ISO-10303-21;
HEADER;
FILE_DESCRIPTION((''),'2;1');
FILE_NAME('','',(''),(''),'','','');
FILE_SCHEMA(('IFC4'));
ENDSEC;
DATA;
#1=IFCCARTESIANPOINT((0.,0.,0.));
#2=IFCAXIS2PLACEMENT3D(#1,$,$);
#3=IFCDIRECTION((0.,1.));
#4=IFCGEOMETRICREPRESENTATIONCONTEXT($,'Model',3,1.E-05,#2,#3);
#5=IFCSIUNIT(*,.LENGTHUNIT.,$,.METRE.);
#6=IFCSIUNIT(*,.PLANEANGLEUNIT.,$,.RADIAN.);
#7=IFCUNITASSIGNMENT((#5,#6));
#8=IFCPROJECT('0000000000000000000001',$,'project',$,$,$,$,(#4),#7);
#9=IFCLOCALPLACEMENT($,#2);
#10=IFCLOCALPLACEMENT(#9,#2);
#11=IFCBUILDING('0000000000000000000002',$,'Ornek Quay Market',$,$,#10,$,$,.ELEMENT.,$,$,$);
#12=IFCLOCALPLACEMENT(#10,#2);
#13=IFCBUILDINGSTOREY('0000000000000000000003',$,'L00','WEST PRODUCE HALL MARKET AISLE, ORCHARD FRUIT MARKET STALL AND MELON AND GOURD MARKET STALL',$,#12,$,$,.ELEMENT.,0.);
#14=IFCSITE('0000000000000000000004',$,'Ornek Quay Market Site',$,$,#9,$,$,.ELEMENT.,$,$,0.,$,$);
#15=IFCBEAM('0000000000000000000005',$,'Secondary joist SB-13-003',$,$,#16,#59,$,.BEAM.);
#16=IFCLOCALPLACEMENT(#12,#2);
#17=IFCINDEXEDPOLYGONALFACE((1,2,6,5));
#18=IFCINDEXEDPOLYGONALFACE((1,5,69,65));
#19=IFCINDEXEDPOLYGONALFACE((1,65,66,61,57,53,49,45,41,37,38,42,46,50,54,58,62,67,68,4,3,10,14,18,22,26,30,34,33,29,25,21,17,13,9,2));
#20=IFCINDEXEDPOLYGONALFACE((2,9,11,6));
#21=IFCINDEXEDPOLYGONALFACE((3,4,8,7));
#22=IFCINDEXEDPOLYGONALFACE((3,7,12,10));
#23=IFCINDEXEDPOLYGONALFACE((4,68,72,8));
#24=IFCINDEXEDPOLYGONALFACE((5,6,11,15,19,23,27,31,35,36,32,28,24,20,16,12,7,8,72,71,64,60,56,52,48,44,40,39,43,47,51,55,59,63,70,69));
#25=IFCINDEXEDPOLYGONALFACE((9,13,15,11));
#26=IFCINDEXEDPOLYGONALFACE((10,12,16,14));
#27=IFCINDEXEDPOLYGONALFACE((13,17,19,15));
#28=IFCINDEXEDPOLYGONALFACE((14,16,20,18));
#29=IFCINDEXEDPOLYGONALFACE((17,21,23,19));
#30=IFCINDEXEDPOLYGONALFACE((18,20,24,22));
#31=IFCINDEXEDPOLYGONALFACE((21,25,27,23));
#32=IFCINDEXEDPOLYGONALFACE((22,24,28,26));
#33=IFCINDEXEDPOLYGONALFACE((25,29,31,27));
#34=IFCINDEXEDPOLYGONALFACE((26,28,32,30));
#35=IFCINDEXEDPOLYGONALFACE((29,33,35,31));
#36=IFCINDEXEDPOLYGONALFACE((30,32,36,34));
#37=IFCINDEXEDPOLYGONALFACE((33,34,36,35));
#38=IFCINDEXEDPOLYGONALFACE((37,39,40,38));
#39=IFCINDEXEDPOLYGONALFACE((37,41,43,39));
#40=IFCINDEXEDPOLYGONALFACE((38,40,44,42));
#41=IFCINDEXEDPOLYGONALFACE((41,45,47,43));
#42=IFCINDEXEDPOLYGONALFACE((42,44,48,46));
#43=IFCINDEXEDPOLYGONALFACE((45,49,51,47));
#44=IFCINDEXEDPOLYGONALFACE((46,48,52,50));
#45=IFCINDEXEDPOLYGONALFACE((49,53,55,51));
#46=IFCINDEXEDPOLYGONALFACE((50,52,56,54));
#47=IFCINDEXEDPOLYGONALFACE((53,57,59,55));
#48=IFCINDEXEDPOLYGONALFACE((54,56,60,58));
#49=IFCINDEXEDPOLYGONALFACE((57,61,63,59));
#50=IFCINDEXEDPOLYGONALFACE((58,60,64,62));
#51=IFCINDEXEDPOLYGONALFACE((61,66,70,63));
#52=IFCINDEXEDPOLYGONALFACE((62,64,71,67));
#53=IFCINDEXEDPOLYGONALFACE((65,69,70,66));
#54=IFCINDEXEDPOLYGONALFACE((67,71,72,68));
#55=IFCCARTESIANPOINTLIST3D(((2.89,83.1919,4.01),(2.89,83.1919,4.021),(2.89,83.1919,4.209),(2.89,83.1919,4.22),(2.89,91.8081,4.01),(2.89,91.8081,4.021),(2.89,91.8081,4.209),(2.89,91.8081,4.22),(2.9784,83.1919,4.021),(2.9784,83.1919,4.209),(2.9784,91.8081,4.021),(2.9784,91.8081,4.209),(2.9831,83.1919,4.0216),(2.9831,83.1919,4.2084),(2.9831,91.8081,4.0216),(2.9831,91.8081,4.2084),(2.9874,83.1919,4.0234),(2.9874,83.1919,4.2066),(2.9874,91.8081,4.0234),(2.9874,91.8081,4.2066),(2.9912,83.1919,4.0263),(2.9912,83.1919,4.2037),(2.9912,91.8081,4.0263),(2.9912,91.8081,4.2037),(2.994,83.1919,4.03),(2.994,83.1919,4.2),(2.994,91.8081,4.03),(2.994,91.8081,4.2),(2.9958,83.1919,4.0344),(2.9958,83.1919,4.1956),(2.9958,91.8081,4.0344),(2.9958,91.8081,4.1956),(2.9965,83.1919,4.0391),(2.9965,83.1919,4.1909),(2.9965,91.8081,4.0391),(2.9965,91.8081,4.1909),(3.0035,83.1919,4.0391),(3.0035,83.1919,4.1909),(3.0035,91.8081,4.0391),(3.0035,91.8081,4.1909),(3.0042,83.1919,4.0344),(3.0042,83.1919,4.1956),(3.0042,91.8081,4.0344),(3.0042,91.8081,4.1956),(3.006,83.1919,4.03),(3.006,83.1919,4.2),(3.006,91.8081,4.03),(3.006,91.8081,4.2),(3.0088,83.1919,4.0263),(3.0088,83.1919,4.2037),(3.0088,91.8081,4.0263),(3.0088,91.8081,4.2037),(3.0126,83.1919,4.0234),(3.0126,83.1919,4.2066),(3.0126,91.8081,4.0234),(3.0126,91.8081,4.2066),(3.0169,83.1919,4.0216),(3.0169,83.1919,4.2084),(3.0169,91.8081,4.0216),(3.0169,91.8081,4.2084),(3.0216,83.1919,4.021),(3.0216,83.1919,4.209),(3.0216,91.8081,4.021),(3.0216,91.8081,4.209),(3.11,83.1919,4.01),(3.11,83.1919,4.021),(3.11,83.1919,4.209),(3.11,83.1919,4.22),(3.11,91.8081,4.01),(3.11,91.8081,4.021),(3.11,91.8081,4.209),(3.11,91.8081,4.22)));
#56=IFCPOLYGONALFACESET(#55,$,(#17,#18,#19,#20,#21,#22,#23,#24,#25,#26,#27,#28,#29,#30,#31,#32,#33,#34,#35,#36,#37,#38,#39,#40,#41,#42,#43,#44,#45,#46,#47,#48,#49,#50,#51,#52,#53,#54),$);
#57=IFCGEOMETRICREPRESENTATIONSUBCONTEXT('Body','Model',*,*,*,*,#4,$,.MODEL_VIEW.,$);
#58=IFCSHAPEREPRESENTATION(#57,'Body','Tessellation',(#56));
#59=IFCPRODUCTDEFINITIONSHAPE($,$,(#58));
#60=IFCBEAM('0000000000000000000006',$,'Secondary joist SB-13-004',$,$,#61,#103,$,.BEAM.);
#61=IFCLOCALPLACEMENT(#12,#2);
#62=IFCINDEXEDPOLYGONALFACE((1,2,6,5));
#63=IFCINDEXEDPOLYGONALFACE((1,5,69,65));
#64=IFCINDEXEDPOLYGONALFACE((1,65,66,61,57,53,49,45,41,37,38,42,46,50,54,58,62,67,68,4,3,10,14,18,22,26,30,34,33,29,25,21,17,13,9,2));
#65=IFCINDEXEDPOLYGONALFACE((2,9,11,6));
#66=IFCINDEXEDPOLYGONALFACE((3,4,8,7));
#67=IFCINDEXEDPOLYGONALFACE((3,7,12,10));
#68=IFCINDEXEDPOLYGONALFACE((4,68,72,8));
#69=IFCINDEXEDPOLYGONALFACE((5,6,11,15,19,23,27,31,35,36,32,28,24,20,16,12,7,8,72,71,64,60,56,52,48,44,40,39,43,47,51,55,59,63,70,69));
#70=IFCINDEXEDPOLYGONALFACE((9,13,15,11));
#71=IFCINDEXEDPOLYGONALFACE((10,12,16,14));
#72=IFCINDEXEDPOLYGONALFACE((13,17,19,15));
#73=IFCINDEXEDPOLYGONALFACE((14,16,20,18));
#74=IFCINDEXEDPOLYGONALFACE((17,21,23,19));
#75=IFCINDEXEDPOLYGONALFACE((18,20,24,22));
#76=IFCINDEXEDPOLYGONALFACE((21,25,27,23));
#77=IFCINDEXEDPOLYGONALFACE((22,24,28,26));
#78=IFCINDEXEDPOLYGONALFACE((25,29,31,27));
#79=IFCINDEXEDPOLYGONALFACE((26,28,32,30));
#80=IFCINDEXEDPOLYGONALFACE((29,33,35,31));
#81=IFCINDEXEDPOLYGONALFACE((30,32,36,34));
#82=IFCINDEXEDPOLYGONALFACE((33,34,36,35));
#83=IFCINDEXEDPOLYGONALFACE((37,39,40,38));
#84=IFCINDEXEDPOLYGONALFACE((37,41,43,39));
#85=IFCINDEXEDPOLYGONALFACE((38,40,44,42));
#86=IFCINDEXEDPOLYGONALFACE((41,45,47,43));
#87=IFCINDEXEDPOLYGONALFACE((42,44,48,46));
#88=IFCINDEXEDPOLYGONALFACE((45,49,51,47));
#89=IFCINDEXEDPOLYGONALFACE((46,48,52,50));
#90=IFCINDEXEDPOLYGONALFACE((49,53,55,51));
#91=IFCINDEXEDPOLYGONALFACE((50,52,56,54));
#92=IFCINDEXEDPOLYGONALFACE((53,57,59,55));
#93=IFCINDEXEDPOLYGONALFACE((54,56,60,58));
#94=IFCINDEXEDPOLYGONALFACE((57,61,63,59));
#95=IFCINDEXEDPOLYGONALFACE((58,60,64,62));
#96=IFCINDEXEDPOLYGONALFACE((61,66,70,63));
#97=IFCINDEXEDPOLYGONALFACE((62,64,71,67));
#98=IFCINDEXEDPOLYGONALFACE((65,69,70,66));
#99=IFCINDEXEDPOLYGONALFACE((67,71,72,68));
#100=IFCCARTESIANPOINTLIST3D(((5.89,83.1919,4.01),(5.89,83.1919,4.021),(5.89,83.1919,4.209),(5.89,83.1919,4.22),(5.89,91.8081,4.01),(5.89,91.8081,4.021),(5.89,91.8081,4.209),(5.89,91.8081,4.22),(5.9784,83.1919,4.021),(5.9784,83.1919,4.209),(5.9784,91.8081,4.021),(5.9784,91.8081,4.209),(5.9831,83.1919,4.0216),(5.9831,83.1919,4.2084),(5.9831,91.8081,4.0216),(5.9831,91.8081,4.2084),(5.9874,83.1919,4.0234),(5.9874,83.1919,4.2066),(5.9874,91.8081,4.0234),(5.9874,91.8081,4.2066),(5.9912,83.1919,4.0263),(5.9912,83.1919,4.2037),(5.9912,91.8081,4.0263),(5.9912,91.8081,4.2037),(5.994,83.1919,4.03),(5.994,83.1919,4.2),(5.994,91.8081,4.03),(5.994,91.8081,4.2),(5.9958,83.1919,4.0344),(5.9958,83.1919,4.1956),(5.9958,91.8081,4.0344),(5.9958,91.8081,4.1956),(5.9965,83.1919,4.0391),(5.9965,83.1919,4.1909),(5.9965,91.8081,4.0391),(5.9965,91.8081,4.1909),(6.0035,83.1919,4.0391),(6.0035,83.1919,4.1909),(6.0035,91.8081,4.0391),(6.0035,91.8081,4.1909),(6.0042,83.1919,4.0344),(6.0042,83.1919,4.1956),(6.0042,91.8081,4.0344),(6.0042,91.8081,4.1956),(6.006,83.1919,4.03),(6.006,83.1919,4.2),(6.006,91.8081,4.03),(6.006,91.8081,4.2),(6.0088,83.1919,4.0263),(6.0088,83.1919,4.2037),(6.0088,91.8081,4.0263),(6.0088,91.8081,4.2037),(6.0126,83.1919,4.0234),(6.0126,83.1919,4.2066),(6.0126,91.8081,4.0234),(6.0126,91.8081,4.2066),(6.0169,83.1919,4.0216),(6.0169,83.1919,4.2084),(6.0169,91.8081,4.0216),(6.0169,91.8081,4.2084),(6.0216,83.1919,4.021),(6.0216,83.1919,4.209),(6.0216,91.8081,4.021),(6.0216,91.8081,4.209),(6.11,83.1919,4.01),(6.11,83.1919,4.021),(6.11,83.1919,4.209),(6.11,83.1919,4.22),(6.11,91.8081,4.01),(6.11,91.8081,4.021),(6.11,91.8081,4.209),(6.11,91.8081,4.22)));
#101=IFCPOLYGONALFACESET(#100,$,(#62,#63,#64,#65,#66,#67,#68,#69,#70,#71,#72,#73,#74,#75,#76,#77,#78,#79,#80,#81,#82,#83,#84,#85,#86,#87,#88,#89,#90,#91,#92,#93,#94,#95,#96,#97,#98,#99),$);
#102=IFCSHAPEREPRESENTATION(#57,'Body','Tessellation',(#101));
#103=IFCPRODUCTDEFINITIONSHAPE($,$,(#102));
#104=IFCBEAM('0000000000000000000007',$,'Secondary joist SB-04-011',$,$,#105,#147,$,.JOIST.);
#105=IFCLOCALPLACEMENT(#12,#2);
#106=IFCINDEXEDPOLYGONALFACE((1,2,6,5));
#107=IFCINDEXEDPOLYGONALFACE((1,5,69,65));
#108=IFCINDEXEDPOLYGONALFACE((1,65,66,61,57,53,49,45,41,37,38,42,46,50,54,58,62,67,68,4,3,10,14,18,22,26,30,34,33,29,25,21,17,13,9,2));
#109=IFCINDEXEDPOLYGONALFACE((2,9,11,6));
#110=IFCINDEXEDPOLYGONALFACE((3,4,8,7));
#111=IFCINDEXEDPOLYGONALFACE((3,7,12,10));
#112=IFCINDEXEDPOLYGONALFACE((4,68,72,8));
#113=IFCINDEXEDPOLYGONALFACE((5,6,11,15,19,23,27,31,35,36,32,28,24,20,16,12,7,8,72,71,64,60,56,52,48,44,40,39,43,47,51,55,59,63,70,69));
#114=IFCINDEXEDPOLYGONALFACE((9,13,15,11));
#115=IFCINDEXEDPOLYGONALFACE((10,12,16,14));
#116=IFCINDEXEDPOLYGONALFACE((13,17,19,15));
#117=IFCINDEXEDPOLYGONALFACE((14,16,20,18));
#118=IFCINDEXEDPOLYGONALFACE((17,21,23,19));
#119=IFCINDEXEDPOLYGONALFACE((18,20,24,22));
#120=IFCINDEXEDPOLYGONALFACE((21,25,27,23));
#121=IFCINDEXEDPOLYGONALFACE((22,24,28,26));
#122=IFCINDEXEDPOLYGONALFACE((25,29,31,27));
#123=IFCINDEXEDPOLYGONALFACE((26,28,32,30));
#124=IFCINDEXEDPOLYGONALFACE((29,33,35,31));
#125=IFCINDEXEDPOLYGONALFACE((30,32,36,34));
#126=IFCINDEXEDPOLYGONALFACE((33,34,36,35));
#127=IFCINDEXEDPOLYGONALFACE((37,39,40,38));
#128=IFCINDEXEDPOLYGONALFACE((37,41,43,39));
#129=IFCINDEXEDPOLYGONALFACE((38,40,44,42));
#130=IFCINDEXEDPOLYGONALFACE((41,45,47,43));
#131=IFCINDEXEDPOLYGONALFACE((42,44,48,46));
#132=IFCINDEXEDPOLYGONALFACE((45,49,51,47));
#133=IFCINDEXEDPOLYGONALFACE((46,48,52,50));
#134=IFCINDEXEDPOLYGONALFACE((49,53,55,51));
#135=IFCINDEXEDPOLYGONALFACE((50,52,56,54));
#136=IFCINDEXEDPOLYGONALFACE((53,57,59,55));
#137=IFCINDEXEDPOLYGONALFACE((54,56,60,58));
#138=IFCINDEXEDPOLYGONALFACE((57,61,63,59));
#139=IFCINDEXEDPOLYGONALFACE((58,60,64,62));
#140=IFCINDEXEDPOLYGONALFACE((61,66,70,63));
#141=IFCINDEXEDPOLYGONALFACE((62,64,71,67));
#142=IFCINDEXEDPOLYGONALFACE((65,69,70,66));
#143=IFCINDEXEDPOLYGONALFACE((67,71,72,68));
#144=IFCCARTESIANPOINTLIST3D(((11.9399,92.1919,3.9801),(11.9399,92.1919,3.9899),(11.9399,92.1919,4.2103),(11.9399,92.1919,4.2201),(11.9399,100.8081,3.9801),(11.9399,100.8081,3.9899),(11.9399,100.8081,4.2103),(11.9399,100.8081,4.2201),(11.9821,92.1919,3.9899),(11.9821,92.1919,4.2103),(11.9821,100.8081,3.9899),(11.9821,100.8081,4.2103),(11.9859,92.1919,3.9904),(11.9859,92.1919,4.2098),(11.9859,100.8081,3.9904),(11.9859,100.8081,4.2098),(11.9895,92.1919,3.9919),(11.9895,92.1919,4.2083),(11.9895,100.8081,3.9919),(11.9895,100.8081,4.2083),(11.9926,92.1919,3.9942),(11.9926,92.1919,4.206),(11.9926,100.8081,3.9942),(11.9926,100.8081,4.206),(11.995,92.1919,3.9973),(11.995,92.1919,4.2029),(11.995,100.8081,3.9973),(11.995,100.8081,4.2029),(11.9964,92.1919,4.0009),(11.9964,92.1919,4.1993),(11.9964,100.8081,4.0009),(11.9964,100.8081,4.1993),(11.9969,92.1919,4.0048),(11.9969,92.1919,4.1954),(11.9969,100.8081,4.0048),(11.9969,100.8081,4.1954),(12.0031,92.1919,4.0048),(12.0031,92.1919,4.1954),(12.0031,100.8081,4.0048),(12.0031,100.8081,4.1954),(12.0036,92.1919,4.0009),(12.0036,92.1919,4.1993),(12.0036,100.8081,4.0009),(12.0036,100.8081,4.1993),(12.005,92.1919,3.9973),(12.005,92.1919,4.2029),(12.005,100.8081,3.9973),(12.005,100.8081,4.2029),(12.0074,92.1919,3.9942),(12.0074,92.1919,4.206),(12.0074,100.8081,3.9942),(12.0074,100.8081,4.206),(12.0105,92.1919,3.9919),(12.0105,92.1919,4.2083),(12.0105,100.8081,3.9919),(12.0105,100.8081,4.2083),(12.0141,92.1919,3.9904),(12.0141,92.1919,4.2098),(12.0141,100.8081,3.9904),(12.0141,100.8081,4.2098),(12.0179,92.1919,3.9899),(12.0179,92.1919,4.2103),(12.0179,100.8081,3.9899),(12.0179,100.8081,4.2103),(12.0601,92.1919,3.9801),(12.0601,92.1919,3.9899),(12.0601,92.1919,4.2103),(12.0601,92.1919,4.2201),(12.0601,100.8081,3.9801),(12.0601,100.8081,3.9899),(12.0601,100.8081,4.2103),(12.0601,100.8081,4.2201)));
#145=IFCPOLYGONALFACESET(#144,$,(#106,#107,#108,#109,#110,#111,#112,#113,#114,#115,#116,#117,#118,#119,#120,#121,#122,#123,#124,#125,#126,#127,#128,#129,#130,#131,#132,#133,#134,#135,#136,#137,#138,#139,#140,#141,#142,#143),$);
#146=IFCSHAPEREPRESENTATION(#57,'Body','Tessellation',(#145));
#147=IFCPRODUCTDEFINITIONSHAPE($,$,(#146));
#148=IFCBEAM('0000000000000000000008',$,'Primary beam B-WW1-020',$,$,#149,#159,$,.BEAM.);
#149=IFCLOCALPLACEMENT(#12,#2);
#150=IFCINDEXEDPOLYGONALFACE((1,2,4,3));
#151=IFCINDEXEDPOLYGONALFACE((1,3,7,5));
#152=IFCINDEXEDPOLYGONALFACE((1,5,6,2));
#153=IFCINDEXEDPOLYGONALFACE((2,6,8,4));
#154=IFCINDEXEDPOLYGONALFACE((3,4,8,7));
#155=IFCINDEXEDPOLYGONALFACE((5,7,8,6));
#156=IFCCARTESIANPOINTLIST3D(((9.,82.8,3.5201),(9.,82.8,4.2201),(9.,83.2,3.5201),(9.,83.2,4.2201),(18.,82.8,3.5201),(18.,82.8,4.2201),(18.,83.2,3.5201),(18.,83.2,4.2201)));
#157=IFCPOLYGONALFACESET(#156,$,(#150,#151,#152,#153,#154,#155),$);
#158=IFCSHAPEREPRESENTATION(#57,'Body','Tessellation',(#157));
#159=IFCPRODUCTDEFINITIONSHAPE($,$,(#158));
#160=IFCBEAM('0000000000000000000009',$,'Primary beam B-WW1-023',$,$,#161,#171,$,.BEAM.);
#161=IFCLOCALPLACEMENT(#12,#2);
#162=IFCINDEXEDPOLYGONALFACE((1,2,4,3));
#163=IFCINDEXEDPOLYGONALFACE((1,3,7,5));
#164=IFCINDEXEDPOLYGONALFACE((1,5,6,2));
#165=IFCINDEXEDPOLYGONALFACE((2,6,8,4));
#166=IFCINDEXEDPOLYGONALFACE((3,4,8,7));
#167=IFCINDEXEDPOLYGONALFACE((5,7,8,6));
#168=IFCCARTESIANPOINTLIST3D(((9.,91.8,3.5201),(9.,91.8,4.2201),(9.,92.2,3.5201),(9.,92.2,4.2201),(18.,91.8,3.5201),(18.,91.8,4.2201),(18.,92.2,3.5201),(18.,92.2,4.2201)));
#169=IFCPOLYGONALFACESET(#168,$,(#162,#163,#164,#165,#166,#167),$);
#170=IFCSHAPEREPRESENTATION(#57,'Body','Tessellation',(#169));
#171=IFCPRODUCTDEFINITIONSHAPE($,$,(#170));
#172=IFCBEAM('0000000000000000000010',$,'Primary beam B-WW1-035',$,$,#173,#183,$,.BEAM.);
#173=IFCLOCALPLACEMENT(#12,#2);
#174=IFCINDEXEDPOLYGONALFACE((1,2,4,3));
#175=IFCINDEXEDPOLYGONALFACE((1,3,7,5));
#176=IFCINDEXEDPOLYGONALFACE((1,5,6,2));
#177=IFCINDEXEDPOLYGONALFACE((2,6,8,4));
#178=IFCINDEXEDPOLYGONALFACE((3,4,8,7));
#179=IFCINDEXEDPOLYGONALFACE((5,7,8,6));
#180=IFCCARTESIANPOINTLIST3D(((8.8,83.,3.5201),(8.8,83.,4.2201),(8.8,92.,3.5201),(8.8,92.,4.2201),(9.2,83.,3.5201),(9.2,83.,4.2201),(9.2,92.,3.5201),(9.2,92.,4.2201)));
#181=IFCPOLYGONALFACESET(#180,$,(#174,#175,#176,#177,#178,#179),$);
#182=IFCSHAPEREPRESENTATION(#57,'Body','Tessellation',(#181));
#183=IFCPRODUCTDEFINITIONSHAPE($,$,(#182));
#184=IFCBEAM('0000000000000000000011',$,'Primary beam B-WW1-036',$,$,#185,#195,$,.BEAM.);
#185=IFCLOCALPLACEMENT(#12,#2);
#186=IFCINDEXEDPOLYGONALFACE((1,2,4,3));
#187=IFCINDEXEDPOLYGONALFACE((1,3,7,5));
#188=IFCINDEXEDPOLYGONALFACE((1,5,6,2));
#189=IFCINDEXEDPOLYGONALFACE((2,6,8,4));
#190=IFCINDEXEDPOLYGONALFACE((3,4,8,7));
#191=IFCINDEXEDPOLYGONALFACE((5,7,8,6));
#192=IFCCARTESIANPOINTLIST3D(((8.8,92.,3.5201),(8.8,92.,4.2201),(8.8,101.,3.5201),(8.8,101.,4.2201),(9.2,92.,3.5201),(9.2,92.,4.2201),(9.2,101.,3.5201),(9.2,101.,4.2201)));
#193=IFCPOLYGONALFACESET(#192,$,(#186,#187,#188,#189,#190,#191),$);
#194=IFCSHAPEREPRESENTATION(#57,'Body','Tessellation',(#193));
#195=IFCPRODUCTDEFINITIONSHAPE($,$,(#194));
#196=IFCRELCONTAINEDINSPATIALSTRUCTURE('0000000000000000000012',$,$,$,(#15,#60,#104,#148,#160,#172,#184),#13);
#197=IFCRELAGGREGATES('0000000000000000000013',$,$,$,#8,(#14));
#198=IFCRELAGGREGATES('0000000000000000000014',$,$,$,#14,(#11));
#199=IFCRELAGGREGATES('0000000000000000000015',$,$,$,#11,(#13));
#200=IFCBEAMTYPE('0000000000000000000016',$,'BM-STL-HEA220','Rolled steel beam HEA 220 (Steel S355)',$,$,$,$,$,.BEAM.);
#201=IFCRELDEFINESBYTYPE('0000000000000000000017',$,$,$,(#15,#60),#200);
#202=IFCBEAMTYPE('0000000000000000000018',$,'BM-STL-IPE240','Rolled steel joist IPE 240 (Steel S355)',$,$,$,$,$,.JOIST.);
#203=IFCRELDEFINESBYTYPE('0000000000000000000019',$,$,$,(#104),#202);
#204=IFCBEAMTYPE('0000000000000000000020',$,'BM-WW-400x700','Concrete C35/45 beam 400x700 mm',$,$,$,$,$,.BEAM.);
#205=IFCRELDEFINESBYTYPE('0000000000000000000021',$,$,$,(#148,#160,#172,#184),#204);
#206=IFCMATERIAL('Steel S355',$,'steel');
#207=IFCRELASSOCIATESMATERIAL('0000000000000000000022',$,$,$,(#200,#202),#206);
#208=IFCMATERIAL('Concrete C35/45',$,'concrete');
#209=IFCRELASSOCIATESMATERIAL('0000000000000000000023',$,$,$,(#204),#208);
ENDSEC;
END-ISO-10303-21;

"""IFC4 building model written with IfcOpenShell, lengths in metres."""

from ifc_helpers import new_model, si_unit, direction, frame, origin, origin_2d, place, context, subcontext, project, spatial, rectangle, i_section, extrude, material, material_profile, profile_set, type_object, element, save


model = new_model("IFC4")

# Units and contexts
model_context = context("Model", 3, precision=1e-05, world=origin(), true_north=direction((0.0, 1.0)))
body_context = subcontext(model_context, "Body", "Model", "MODEL_VIEW")
ifc_project = project(units=[si_unit("LENGTHUNIT", "METRE"), si_unit("PLANEANGLEUNIT", "RADIAN")], contexts=[model_context])

# Site, building, storey
site_placement = place(None, origin())
site = spatial("IfcSite", under=ifc_project, at=site_placement, Name="Ornek Quay Market Site", CompositionType="ELEMENT", RefElevation=0.0)
building_placement = place(site_placement, origin())
building = spatial("IfcBuilding", under=site, at=building_placement, Name="Ornek Quay Market", CompositionType="ELEMENT")
storey_placement = place(building_placement, origin())
storey = spatial("IfcBuildingStorey", under=building, at=storey_placement, Name="L00", Description="WEST PRODUCE HALL MARKET AISLE, ORCHARD FRUIT MARKET STALL AND MELON AND GOURD MARKET STALL", CompositionType="ELEMENT", Elevation=0.0)

# Shared definitions
ifc_material_1 = material(Name="Concrete C35/45", Category="concrete")

# Shared definitions
ifc_material_2 = material(Name="Steel S355", Category="steel")

# Beams
ifc_material_profile_1 = material_profile(ifc_material_2, i_section(OverallWidth=0.22, OverallDepth=0.21, WebThickness=0.0071, FlangeThickness=0.011, FilletRadius=0.0181, at=origin_2d()), Name="HEA 220", Category="steel")
ifc_profile_set_1 = profile_set([ifc_material_profile_1], Name="Steel S355")
beam_type_1 = type_object("IfcBeamType", Name="BM-STL-HEA220", Description="Rolled steel beam HEA 220 (Steel S355)", PredefinedType="BEAM", material=ifc_profile_set_1)
for number, where, z_axis, x_axis, name in (
    (1, (3.0, 83.1919, 4.115), (0.0, 1.0, 0.0), (-1.0, 0.0, 0.0), "Secondary joist SB-13-003"),
    (2, (6.0, 83.1919, 4.115), (0.0, 1.0, 0.0), (-1.0, 0.0, 0.0), "Secondary joist SB-13-004"),
):
    element("IfcBeam", number, at=place(storey_placement, frame(where, z_axis=z_axis, x_axis=x_axis)), inside=storey, type_object=beam_type_1, Name=name, PredefinedType="BEAM", context=body_context, shape_type="SweptSolid", body=[
        extrude(i_section(OverallWidth=0.22, OverallDepth=0.21, WebThickness=0.0071, FlangeThickness=0.011, FilletRadius=0.0181, at=origin_2d()), origin(), (0.0, 0.0, 1.0), 8.6162),
    ])
ifc_material_profile_2 = material_profile(ifc_material_2, i_section(OverallWidth=0.1201, OverallDepth=0.24, WebThickness=0.0061, FlangeThickness=0.0098, FilletRadius=0.0149, at=origin_2d()), Name="IPE 240", Category="steel")
ifc_profile_set_2 = profile_set([ifc_material_profile_2], Name="Steel S355")
beam_type_2 = type_object("IfcBeamType", Name="BM-STL-IPE240", Description="Rolled steel joist IPE 240 (Steel S355)", PredefinedType="JOIST", material=ifc_profile_set_2)
beam_1_placement = place(storey_placement, frame((12.0, 92.1919, 4.1001), z_axis=(0.0, 1.0, 0.0), x_axis=(-1.0, 0.0, 0.0)))
element("IfcBeam", 3, at=beam_1_placement, inside=storey, type_object=beam_type_2, Name="Secondary joist SB-04-011", PredefinedType="JOIST", context=body_context, shape_type="SweptSolid", body=[
    extrude(i_section(OverallWidth=0.1201, OverallDepth=0.24, WebThickness=0.0061, FlangeThickness=0.0098, FilletRadius=0.0149, at=origin_2d()), origin(), (0.0, 0.0, 1.0), 8.6162),
])
ifc_material_profile_3 = material_profile(ifc_material_1, rectangle(XDim=0.3999, YDim=0.7, at=origin_2d()), Name="RC 400x700", Category="concrete")
ifc_profile_set_3 = profile_set([ifc_material_profile_3], Name="Concrete C35/45")
beam_type_3 = type_object("IfcBeamType", Name="BM-WW-400x700", Description="Concrete C35/45 beam 400x700 mm", PredefinedType="BEAM", material=ifc_profile_set_3)
for number, where, z_axis, x_axis, name in (
    (4, (9.0, 83.0, 3.8701), (1.0, 0.0, 0.0), (0.0, 1.0, 0.0), "Primary beam B-WW1-020"),
    (5, (9.0, 92.0, 3.8701), (1.0, 0.0, 0.0), (0.0, 1.0, 0.0), "Primary beam B-WW1-023"),
    (6, (9.0, 83.0, 3.8701), (0.0, 1.0, 0.0), (-1.0, 0.0, 0.0), "Primary beam B-WW1-035"),
    (7, (9.0, 92.0, 3.8701), (0.0, 1.0, 0.0), (-1.0, 0.0, 0.0), "Primary beam B-WW1-036"),
):
    element("IfcBeam", number, at=place(storey_placement, frame(where, z_axis=z_axis, x_axis=x_axis)), inside=storey, type_object=beam_type_3, Name=name, PredefinedType="BEAM", context=body_context, shape_type="SweptSolid", body=[
        extrude(rectangle(XDim=0.3999, YDim=0.7, at=origin_2d()), origin(), (0.0, 0.0, 1.0), 9.0),
    ])

save(model, "model.ifc")
